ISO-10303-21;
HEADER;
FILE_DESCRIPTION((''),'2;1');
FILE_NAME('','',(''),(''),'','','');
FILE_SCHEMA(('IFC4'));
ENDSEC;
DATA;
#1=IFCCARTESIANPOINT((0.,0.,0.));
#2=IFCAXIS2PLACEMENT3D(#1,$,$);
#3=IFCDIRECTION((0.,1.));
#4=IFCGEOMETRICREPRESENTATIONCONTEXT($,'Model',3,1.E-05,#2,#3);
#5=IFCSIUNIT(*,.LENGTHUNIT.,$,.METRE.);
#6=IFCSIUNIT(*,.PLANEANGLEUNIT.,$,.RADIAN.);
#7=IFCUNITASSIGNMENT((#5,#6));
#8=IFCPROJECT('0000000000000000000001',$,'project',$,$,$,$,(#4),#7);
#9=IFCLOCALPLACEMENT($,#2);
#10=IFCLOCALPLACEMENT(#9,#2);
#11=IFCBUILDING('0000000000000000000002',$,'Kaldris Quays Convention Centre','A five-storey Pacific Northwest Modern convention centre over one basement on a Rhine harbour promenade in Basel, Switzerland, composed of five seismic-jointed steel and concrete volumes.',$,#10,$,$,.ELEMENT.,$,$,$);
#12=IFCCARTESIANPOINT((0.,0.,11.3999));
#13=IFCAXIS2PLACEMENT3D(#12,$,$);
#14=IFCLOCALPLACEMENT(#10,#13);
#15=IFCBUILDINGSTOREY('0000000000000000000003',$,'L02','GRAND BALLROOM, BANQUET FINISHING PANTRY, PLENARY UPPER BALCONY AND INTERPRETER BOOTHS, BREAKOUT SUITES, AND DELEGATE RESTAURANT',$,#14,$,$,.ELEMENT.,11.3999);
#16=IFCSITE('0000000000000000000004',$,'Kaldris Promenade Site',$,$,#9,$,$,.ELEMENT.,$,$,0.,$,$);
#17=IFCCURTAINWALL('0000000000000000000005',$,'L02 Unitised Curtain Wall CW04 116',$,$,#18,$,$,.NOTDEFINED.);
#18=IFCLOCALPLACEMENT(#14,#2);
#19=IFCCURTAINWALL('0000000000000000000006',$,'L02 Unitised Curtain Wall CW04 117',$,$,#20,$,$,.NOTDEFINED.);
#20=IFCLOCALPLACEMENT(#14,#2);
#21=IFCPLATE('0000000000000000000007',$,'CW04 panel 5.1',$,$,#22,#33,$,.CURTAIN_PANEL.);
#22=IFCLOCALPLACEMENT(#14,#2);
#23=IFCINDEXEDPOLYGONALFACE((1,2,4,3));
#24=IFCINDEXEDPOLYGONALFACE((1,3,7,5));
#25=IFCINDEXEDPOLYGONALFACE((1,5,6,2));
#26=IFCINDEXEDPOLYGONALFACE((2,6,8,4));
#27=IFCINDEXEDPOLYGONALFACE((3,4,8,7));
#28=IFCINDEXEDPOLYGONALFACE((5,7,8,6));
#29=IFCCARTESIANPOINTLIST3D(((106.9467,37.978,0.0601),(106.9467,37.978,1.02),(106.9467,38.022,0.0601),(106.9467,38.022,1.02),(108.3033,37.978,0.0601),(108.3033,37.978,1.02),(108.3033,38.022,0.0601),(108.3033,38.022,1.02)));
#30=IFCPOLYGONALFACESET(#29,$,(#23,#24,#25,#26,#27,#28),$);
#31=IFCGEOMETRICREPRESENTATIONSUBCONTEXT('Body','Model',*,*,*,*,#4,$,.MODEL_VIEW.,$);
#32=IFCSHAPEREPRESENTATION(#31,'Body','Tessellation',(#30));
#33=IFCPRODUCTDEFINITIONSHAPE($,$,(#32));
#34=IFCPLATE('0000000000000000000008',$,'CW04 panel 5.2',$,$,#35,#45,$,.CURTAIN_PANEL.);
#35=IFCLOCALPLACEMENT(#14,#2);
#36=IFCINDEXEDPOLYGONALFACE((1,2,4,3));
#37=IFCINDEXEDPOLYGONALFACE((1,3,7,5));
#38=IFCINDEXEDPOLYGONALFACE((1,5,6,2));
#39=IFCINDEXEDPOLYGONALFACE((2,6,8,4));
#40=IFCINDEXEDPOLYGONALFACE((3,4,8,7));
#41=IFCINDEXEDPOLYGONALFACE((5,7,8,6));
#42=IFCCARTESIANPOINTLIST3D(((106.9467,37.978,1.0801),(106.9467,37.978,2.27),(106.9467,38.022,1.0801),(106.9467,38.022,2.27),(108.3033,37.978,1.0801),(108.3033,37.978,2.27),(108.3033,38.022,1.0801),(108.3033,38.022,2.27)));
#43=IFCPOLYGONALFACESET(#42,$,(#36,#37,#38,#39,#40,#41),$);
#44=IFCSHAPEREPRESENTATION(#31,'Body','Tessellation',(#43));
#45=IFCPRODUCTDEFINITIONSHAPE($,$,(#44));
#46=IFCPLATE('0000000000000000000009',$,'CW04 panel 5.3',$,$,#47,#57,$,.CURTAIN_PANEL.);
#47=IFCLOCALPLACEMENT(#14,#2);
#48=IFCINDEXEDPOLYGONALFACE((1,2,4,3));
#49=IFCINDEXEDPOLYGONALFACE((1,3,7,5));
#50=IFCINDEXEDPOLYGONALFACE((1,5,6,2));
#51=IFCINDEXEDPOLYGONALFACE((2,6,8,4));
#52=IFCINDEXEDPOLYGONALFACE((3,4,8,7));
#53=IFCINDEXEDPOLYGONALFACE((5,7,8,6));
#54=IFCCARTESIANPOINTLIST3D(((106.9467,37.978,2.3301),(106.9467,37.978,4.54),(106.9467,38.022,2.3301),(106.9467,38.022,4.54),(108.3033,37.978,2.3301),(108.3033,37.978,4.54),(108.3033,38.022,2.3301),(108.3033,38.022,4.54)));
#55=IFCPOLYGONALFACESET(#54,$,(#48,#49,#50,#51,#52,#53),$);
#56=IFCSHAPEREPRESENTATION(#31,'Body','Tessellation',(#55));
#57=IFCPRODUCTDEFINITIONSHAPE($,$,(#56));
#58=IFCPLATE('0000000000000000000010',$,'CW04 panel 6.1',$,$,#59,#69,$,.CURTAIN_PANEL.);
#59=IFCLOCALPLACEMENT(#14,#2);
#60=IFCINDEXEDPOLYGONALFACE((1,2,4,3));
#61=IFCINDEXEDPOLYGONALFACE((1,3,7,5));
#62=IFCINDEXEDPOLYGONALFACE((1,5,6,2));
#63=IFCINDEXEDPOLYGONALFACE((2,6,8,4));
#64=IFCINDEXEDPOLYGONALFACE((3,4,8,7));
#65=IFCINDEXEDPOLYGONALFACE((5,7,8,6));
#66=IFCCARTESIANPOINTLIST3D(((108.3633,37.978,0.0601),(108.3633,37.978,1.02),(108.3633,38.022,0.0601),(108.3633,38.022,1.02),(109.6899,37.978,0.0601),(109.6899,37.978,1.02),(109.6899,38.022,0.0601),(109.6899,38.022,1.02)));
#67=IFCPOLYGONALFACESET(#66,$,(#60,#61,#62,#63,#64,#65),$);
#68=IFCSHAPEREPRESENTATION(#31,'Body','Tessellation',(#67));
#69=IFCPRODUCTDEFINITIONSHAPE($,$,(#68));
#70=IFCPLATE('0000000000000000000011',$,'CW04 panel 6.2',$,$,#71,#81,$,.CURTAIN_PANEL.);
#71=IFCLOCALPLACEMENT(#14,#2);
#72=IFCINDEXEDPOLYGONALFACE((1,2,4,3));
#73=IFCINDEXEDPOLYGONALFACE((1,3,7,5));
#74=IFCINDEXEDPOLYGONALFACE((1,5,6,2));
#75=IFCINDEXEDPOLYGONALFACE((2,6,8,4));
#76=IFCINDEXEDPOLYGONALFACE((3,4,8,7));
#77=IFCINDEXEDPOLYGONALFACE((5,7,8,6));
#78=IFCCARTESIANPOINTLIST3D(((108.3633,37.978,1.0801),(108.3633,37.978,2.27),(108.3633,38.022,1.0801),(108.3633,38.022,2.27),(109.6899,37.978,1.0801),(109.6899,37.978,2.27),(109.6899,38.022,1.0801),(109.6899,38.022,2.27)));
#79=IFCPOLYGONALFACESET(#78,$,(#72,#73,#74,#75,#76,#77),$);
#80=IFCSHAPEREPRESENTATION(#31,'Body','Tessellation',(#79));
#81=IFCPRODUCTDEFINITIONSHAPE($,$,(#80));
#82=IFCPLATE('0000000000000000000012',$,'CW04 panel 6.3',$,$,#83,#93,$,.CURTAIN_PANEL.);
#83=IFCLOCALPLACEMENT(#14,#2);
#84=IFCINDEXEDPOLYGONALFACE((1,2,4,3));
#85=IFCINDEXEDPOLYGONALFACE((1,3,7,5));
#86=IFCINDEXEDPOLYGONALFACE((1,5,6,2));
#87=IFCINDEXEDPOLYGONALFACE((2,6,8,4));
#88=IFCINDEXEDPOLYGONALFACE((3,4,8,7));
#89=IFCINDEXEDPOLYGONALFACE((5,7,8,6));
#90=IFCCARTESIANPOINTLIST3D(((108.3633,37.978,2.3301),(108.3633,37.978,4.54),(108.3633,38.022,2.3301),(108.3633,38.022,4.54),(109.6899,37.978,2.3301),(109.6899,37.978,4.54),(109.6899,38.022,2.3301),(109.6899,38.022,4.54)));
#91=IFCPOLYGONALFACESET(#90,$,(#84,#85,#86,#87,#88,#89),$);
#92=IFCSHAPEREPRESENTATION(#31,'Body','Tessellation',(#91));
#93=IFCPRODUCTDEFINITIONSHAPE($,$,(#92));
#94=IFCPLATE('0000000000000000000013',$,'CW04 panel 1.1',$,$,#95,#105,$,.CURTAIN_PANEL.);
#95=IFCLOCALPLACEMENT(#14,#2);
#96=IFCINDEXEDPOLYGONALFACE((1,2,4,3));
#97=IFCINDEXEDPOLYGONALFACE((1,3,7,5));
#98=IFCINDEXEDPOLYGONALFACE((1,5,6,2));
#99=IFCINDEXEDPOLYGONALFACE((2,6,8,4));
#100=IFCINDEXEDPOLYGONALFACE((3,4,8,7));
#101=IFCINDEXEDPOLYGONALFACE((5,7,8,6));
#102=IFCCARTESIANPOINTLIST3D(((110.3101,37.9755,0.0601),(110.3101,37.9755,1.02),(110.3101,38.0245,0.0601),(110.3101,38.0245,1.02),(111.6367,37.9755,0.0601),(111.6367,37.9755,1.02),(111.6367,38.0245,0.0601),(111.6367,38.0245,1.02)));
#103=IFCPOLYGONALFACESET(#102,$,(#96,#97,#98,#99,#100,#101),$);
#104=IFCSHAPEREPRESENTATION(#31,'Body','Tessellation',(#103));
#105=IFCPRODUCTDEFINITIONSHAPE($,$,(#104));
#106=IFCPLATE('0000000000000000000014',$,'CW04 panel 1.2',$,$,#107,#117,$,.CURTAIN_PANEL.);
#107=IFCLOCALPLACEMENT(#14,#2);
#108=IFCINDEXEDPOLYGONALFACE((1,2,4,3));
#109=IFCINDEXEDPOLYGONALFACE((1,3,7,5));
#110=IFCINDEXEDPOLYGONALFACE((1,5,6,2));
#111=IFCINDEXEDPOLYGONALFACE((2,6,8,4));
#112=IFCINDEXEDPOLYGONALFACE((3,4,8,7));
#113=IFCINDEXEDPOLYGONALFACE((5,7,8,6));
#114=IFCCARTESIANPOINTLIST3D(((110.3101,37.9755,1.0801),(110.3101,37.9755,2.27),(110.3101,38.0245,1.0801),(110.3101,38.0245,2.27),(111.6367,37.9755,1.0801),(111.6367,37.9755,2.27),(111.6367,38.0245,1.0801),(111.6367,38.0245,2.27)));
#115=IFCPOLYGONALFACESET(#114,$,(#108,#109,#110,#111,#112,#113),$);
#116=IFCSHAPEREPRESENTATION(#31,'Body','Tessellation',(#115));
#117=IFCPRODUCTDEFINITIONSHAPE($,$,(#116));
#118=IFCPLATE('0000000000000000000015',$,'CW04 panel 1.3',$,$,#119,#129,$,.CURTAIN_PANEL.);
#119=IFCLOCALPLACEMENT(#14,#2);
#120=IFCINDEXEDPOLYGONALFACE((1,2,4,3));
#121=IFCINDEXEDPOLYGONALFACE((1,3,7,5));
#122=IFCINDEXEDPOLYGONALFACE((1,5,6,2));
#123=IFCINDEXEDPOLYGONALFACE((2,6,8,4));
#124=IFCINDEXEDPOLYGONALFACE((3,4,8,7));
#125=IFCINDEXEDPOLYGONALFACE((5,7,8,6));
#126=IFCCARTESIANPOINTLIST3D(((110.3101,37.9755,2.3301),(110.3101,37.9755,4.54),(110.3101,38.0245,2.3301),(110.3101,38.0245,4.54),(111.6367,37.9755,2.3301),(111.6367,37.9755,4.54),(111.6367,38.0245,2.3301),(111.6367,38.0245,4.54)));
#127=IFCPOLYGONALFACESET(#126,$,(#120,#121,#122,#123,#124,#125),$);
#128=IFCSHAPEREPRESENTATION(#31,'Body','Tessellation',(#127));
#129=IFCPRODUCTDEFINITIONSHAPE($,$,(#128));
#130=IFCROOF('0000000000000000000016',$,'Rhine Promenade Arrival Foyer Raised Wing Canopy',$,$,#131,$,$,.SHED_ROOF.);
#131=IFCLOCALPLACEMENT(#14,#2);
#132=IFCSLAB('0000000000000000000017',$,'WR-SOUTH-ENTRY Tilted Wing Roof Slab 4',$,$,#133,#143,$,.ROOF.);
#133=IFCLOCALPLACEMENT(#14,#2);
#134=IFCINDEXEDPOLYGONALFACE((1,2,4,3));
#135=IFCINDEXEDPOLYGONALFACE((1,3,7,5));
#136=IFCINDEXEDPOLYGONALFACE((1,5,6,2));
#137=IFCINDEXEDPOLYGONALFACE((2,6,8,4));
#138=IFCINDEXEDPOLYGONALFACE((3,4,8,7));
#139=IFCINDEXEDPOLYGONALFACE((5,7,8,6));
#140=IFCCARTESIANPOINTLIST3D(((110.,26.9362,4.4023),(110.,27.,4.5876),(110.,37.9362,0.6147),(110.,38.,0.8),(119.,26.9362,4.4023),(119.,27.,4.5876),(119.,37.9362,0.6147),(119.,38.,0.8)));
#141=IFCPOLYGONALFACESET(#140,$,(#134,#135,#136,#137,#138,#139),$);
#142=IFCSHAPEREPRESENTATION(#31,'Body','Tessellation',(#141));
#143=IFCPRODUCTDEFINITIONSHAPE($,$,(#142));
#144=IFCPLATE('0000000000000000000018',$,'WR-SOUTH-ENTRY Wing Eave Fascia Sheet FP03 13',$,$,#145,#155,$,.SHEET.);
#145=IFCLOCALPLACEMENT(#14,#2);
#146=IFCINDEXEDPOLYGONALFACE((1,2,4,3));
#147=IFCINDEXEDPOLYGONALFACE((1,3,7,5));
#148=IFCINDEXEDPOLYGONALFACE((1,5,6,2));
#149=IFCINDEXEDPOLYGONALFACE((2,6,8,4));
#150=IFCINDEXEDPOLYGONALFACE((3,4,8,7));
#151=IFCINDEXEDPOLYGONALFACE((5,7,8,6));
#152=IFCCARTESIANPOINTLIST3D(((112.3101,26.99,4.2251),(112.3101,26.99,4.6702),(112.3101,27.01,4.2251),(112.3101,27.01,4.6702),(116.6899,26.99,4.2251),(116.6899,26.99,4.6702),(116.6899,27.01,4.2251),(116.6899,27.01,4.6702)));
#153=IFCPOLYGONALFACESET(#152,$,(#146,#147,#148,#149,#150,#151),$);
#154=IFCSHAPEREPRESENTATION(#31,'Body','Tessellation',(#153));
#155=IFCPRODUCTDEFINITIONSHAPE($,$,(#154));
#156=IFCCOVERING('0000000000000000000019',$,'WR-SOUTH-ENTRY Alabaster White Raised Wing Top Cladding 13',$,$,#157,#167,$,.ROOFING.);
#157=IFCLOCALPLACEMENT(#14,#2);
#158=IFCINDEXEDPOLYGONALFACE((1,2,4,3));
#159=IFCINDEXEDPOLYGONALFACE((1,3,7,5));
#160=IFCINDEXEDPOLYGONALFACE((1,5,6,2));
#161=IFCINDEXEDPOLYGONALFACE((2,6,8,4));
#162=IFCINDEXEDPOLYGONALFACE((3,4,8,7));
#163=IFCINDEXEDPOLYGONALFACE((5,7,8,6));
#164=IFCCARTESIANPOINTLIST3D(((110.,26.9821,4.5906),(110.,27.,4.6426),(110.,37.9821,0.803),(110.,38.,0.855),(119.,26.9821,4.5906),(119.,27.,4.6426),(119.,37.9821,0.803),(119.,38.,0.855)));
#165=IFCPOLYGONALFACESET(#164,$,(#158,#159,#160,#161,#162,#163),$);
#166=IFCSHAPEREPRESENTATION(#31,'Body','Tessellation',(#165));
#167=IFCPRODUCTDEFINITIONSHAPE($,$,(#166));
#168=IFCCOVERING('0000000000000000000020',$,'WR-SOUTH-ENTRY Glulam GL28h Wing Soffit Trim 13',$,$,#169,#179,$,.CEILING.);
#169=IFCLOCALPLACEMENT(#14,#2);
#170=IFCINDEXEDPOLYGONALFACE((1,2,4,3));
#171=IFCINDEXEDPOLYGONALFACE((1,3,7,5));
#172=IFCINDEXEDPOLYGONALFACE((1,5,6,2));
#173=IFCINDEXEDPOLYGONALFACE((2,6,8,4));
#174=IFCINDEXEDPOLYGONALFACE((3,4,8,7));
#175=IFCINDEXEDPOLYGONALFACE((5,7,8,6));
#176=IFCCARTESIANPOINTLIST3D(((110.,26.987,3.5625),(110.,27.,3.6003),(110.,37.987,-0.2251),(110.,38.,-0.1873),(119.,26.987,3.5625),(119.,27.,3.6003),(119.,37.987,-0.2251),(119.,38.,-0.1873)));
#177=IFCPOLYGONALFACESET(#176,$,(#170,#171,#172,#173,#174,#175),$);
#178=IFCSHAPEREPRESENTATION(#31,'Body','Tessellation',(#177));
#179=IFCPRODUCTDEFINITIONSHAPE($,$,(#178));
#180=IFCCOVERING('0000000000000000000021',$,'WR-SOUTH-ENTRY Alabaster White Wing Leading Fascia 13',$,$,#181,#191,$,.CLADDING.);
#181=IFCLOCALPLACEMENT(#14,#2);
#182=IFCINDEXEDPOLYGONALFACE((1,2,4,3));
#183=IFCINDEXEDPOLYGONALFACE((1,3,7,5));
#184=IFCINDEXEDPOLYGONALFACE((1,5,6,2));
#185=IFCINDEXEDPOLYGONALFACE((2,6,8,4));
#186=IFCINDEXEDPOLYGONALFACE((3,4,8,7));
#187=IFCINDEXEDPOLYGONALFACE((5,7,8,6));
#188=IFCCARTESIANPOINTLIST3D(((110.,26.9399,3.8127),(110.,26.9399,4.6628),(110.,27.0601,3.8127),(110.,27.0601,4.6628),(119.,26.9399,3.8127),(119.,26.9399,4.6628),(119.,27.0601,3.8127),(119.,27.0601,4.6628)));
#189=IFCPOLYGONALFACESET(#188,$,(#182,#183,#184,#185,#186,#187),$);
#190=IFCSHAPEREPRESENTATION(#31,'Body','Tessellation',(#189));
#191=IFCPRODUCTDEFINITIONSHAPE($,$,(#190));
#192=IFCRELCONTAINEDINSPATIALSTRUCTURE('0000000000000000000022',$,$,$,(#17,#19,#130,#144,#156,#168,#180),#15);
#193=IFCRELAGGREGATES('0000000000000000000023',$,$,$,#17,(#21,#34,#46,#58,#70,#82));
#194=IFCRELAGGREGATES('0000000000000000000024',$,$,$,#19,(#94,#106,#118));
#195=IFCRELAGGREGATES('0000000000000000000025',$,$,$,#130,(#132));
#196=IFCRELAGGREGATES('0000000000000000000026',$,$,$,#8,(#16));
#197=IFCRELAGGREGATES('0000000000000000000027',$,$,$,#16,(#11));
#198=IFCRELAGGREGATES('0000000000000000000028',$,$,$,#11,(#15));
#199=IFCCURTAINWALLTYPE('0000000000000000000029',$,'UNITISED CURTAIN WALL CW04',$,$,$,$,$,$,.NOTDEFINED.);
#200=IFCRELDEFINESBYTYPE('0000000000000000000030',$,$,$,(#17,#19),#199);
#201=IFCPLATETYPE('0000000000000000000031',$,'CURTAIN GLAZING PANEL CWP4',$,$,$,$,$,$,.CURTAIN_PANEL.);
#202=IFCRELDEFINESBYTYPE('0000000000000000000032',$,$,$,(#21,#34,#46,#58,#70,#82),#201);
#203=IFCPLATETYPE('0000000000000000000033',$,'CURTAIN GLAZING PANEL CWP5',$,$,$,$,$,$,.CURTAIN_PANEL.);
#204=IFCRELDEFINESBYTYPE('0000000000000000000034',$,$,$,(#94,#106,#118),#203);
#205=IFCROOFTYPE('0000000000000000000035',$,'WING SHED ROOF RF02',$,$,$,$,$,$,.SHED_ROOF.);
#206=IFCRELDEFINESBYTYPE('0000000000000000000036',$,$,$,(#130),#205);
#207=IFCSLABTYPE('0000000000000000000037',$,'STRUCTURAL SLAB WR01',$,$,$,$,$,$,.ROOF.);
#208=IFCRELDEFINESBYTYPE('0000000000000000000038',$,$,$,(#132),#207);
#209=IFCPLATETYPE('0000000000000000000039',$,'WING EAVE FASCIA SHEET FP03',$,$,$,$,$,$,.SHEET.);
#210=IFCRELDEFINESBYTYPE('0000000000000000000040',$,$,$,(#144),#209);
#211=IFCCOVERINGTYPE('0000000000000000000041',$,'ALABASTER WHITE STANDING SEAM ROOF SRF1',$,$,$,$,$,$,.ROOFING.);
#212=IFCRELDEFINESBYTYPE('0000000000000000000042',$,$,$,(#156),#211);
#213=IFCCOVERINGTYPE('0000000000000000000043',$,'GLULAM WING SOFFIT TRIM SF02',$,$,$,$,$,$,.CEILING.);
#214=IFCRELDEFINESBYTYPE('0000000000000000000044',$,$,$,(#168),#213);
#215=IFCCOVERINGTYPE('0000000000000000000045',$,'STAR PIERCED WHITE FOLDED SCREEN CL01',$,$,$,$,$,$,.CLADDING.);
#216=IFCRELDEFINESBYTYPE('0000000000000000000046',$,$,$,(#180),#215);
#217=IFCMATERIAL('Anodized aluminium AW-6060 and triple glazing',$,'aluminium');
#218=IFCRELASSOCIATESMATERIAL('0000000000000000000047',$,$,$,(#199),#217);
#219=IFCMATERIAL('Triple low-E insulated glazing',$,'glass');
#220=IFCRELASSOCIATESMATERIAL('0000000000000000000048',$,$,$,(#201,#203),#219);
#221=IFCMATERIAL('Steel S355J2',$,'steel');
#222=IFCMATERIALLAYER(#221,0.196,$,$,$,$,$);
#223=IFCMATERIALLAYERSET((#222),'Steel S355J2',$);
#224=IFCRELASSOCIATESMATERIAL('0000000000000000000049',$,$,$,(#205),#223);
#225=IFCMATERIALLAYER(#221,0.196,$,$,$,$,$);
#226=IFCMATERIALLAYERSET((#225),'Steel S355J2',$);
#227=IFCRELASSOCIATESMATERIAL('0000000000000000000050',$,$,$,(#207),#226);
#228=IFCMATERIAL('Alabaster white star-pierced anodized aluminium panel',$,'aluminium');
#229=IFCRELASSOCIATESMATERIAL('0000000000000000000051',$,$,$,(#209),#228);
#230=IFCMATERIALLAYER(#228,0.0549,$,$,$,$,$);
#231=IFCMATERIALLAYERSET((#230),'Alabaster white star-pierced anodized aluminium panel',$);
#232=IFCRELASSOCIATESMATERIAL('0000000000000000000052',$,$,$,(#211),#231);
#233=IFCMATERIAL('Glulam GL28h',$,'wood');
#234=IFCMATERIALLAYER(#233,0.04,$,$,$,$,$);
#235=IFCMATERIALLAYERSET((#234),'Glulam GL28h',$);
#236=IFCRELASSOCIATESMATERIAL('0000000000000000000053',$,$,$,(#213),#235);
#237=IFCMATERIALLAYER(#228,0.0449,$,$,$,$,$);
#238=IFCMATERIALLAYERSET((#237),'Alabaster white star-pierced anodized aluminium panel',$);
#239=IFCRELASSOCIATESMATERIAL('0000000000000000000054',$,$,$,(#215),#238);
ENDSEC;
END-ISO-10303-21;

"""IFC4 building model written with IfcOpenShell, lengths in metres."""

from ifc_helpers import new_model, si_unit, direction, frame, origin, origin_2d, place, context, subcontext, project, spatial, polyline, rectangle, outline, extrude, material, layer, layer_set, type_object, element, aggregate, save


model = new_model("IFC4")

# Units and contexts
model_context = context("Model", 3, precision=1e-05, world=origin(), true_north=direction((0.0, 1.0)))
body_context = subcontext(model_context, "Body", "Model", "MODEL_VIEW")
ifc_project = project(units=[si_unit("LENGTHUNIT", "METRE"), si_unit("PLANEANGLEUNIT", "RADIAN")], contexts=[model_context])

# Site, building, storey
site_placement = place(None, origin())
site = spatial("IfcSite", under=ifc_project, at=site_placement, Name="Kaldris Promenade Site", CompositionType="ELEMENT", RefElevation=0.0)
building_placement = place(site_placement, origin())
building = spatial("IfcBuilding", under=site, at=building_placement, Name="Kaldris Quays Convention Centre", Description="A five-storey Pacific Northwest Modern convention centre over one basement on a Rhine harbour promenade in Basel, Switzerland, composed of five seismic-jointed steel and concrete volumes.", CompositionType="ELEMENT")
storey_placement = place(building_placement, frame((0.0, 0.0, 11.3999)))
storey = spatial("IfcBuildingStorey", under=building, at=storey_placement, Name="L02", Description="GRAND BALLROOM, BANQUET FINISHING PANTRY, PLENARY UPPER BALCONY AND INTERPRETER BOOTHS, BREAKOUT SUITES, AND DELEGATE RESTAURANT", CompositionType="ELEMENT", Elevation=11.3999)

# Shared definitions
ifc_material_1 = material(Name="Steel S355J2", Category="steel")

# Curtain wall
ifc_material_2 = material(Name="Anodized aluminium AW-6060 and triple glazing", Category="aluminium")
curtain_wall_type = type_object("IfcCurtainWallType", Name="UNITISED CURTAIN WALL CW04", PredefinedType="NOTDEFINED", material=ifc_material_2)
curtain_wall_1_placement = place(storey_placement, origin())
curtain_wall_1 = element("IfcCurtainWall", 1, at=curtain_wall_1_placement, inside=storey, type_object=curtain_wall_type, Name="L02 Unitised Curtain Wall CW04 116", PredefinedType="NOTDEFINED")

# Curtain wall
curtain_wall_2_placement = place(storey_placement, origin())
curtain_wall_2 = element("IfcCurtainWall", 2, at=curtain_wall_2_placement, inside=storey, type_object=curtain_wall_type, Name="L02 Unitised Curtain Wall CW04 117", PredefinedType="NOTDEFINED")

# Shared definitions
ifc_material_3 = material(Name="Glulam GL28h", Category="wood")

# Plates
ifc_material_4 = material(Name="Triple low-E insulated glazing", Category="glass")
plate_type_1 = type_object("IfcPlateType", Name="CURTAIN GLAZING PANEL CWP4", PredefinedType="CURTAIN_PANEL", material=ifc_material_4)
plate_1_placement = place(storey_placement, frame((107.625, 38.0, 0.0601), z_axis=(0.0, 0.0, 1.0), x_axis=(1.0, 0.0, 0.0)))
plate_1 = element("IfcPlate", 3, at=plate_1_placement, type_object=plate_type_1, Name="CW04 panel 5.1", PredefinedType="CURTAIN_PANEL", context=body_context, shape_type="SweptSolid", body=[
    extrude(rectangle(XDim=1.3567, YDim=0.0439, at=origin_2d()), origin(), (0.0, 0.0, 1.0), 0.96),
])
plate_2_placement = place(storey_placement, frame((107.625, 38.0, 1.0801), z_axis=(0.0, 0.0, 1.0), x_axis=(1.0, 0.0, 0.0)))
plate_2 = element("IfcPlate", 4, at=plate_2_placement, type_object=plate_type_1, Name="CW04 panel 5.2", PredefinedType="CURTAIN_PANEL", context=body_context, shape_type="SweptSolid", body=[
    extrude(rectangle(XDim=1.3567, YDim=0.0439, at=origin_2d()), origin(), (0.0, 0.0, 1.0), 1.1899),
])
plate_3_placement = place(storey_placement, frame((107.625, 38.0, 2.3301), z_axis=(0.0, 0.0, 1.0), x_axis=(1.0, 0.0, 0.0)))
plate_3 = element("IfcPlate", 5, at=plate_3_placement, type_object=plate_type_1, Name="CW04 panel 5.3", PredefinedType="CURTAIN_PANEL", context=body_context, shape_type="SweptSolid", body=[
    extrude(rectangle(XDim=1.3567, YDim=0.0439, at=origin_2d()), origin(), (0.0, 0.0, 1.0), 2.21),
])
plate_4_placement = place(storey_placement, frame((109.0266, 38.0, 0.0601), z_axis=(0.0, 0.0, 1.0), x_axis=(1.0, 0.0, 0.0)))
plate_4 = element("IfcPlate", 6, at=plate_4_placement, type_object=plate_type_1, Name="CW04 panel 6.1", PredefinedType="CURTAIN_PANEL", context=body_context, shape_type="SweptSolid", body=[
    extrude(rectangle(XDim=1.3267, YDim=0.0439, at=origin_2d()), origin(), (0.0, 0.0, 1.0), 0.96),
])
plate_5_placement = place(storey_placement, frame((109.0266, 38.0, 1.0801), z_axis=(0.0, 0.0, 1.0), x_axis=(1.0, 0.0, 0.0)))
plate_5 = element("IfcPlate", 7, at=plate_5_placement, type_object=plate_type_1, Name="CW04 panel 6.2", PredefinedType="CURTAIN_PANEL", context=body_context, shape_type="SweptSolid", body=[
    extrude(rectangle(XDim=1.3267, YDim=0.0439, at=origin_2d()), origin(), (0.0, 0.0, 1.0), 1.1899),
])
plate_6_placement = place(storey_placement, frame((109.0266, 38.0, 2.3301), z_axis=(0.0, 0.0, 1.0), x_axis=(1.0, 0.0, 0.0)))
plate_6 = element("IfcPlate", 8, at=plate_6_placement, type_object=plate_type_1, Name="CW04 panel 6.3", PredefinedType="CURTAIN_PANEL", context=body_context, shape_type="SweptSolid", body=[
    extrude(rectangle(XDim=1.3267, YDim=0.0439, at=origin_2d()), origin(), (0.0, 0.0, 1.0), 2.21),
])
aggregate(curtain_wall_1, [plate_1, plate_2, plate_3, plate_4, plate_5, plate_6])
plate_type_2 = type_object("IfcPlateType", Name="CURTAIN GLAZING PANEL CWP5", PredefinedType="CURTAIN_PANEL", material=ifc_material_4)
plate_7_placement = place(storey_placement, frame((110.9734, 38.0, 0.0601), z_axis=(0.0, 0.0, 1.0), x_axis=(1.0, 0.0, 0.0)))
plate_7 = element("IfcPlate", 9, at=plate_7_placement, type_object=plate_type_2, Name="CW04 panel 1.1", PredefinedType="CURTAIN_PANEL", context=body_context, shape_type="SweptSolid", body=[
    extrude(rectangle(XDim=1.3267, YDim=0.0491, at=origin_2d()), origin(), (0.0, 0.0, 1.0), 0.96),
])
plate_8_placement = place(storey_placement, frame((110.9734, 38.0, 1.0801), z_axis=(0.0, 0.0, 1.0), x_axis=(1.0, 0.0, 0.0)))
plate_8 = element("IfcPlate", 10, at=plate_8_placement, type_object=plate_type_2, Name="CW04 panel 1.2", PredefinedType="CURTAIN_PANEL", context=body_context, shape_type="SweptSolid", body=[
    extrude(rectangle(XDim=1.3267, YDim=0.0491, at=origin_2d()), origin(), (0.0, 0.0, 1.0), 1.1899),
])
plate_9_placement = place(storey_placement, frame((110.9734, 38.0, 2.3301), z_axis=(0.0, 0.0, 1.0), x_axis=(1.0, 0.0, 0.0)))
plate_9 = element("IfcPlate", 11, at=plate_9_placement, type_object=plate_type_2, Name="CW04 panel 1.3", PredefinedType="CURTAIN_PANEL", context=body_context, shape_type="SweptSolid", body=[
    extrude(rectangle(XDim=1.3267, YDim=0.0491, at=origin_2d()), origin(), (0.0, 0.0, 1.0), 2.21),
])
aggregate(curtain_wall_2, [plate_7, plate_8, plate_9])

# Roof, slab
ifc_layer_1 = layer(ifc_material_1, 0.196)
ifc_layer_set_1 = layer_set([ifc_layer_1], Name="Steel S355J2")
roof_type = type_object("IfcRoofType", Name="WING SHED ROOF RF02", PredefinedType="SHED_ROOF", material=ifc_layer_set_1)
roof_placement = place(storey_placement, origin())
roof = element("IfcRoof", 12, at=roof_placement, inside=storey, type_object=roof_type, Name="Rhine Promenade Arrival Foyer Raised Wing Canopy", PredefinedType="SHED_ROOF")
ifc_layer_2 = layer(ifc_material_1, 0.196)
ifc_layer_set_2 = layer_set([ifc_layer_2], Name="Steel S355J2")
slab_type = type_object("IfcSlabType", Name="STRUCTURAL SLAB WR01", PredefinedType="ROOF", material=ifc_layer_set_2)
slab_placement = place(storey_placement, frame((110.0, 27.0, 4.5876), z_axis=(0.0, 0.325568, 0.945519), x_axis=(1.0, 0.0, 0.0)))
slab = element("IfcSlab", 13, at=slab_placement, type_object=slab_type, Name="WR-SOUTH-ENTRY Tilted Wing Roof Slab 4", PredefinedType="ROOF", context=body_context, shape_type="SweptSolid", body=[
    extrude(outline(polyline([(0.0, 0.0), (9.0, 0.0), (9.0, 11.6338), (0.0, 11.6338), (0.0, 0.0)])), origin(), (0.0, 0.0, -1.0), 0.196),
])
aggregate(roof, [slab])

# Plate
ifc_material_5 = material(Name="Alabaster white star-pierced anodized aluminium panel", Category="aluminium")
plate_type_3 = type_object("IfcPlateType", Name="WING EAVE FASCIA SHEET FP03", PredefinedType="SHEET", material=ifc_material_5)
plate_10_placement = place(storey_placement, frame((114.5, 27.0, 4.2251), z_axis=(0.0, 0.0, 1.0), x_axis=(1.0, 0.0, 0.0)))
element("IfcPlate", 14, at=plate_10_placement, inside=storey, type_object=plate_type_3, Name="WR-SOUTH-ENTRY Wing Eave Fascia Sheet FP03 13", PredefinedType="SHEET", context=body_context, shape_type="SweptSolid", body=[
    extrude(rectangle(XDim=4.3799, YDim=0.02, at=origin_2d()), origin(), (0.0, 0.0, 1.0), 0.4451),
])

# Coverings
ifc_layer_3 = layer(ifc_material_5, 0.0549)
ifc_layer_set_3 = layer_set([ifc_layer_3], Name="Alabaster white star-pierced anodized aluminium panel")
covering_type_1 = type_object("IfcCoveringType", Name="ALABASTER WHITE STANDING SEAM ROOF SRF1", PredefinedType="ROOFING", material=ifc_layer_set_3)
covering_1_placement = place(storey_placement, frame((110.0, 27.0, 4.6426), z_axis=(0.0, 0.325568, 0.945519), x_axis=(1.0, 0.0, 0.0)))
element("IfcCovering", 15, at=covering_1_placement, inside=storey, type_object=covering_type_1, Name="WR-SOUTH-ENTRY Alabaster White Raised Wing Top Cladding 13", PredefinedType="ROOFING", context=body_context, shape_type="SweptSolid", body=[
    extrude(outline(polyline([(0.0, 0.0), (9.0, 0.0), (9.0, 11.6338), (0.0, 11.6338), (0.0, 0.0)])), origin(), (0.0, 0.0, -1.0), 0.0549),
])
ifc_layer_4 = layer(ifc_material_3, 0.04)
ifc_layer_set_4 = layer_set([ifc_layer_4], Name="Glulam GL28h")
covering_type_2 = type_object("IfcCoveringType", Name="GLULAM WING SOFFIT TRIM SF02", PredefinedType="CEILING", material=ifc_layer_set_4)
covering_2_placement = place(storey_placement, frame((110.0, 27.0, 3.6003), z_axis=(0.0, 0.325568, 0.945519), x_axis=(1.0, 0.0, 0.0)))
element("IfcCovering", 16, at=covering_2_placement, inside=storey, type_object=covering_type_2, Name="WR-SOUTH-ENTRY Glulam GL28h Wing Soffit Trim 13", PredefinedType="CEILING", context=body_context, shape_type="SweptSolid", body=[
    extrude(outline(polyline([(0.0, 0.0), (9.0, 0.0), (9.0, 11.6338), (0.0, 11.6338), (0.0, 0.0)])), origin(), (0.0, 0.0, -1.0), 0.04),
])
ifc_layer_5 = layer(ifc_material_5, 0.0449)
ifc_layer_set_5 = layer_set([ifc_layer_5], Name="Alabaster white star-pierced anodized aluminium panel")
covering_type_3 = type_object("IfcCoveringType", Name="STAR PIERCED WHITE FOLDED SCREEN CL01", PredefinedType="CLADDING", material=ifc_layer_set_5)
covering_3_placement = place(storey_placement, frame((114.5, 27.0, 3.8127), z_axis=(0.0, 0.0, 1.0), x_axis=(1.0, 0.0, 0.0)))
element("IfcCovering", 17, at=covering_3_placement, inside=storey, type_object=covering_type_3, Name="WR-SOUTH-ENTRY Alabaster White Wing Leading Fascia 13", PredefinedType="CLADDING", context=body_context, shape_type="SweptSolid", body=[
    extrude(rectangle(XDim=9.0, YDim=0.1201, at=origin_2d()), origin(), (0.0, 0.0, 1.0), 0.8501),
])

save(model, "model.ifc")
